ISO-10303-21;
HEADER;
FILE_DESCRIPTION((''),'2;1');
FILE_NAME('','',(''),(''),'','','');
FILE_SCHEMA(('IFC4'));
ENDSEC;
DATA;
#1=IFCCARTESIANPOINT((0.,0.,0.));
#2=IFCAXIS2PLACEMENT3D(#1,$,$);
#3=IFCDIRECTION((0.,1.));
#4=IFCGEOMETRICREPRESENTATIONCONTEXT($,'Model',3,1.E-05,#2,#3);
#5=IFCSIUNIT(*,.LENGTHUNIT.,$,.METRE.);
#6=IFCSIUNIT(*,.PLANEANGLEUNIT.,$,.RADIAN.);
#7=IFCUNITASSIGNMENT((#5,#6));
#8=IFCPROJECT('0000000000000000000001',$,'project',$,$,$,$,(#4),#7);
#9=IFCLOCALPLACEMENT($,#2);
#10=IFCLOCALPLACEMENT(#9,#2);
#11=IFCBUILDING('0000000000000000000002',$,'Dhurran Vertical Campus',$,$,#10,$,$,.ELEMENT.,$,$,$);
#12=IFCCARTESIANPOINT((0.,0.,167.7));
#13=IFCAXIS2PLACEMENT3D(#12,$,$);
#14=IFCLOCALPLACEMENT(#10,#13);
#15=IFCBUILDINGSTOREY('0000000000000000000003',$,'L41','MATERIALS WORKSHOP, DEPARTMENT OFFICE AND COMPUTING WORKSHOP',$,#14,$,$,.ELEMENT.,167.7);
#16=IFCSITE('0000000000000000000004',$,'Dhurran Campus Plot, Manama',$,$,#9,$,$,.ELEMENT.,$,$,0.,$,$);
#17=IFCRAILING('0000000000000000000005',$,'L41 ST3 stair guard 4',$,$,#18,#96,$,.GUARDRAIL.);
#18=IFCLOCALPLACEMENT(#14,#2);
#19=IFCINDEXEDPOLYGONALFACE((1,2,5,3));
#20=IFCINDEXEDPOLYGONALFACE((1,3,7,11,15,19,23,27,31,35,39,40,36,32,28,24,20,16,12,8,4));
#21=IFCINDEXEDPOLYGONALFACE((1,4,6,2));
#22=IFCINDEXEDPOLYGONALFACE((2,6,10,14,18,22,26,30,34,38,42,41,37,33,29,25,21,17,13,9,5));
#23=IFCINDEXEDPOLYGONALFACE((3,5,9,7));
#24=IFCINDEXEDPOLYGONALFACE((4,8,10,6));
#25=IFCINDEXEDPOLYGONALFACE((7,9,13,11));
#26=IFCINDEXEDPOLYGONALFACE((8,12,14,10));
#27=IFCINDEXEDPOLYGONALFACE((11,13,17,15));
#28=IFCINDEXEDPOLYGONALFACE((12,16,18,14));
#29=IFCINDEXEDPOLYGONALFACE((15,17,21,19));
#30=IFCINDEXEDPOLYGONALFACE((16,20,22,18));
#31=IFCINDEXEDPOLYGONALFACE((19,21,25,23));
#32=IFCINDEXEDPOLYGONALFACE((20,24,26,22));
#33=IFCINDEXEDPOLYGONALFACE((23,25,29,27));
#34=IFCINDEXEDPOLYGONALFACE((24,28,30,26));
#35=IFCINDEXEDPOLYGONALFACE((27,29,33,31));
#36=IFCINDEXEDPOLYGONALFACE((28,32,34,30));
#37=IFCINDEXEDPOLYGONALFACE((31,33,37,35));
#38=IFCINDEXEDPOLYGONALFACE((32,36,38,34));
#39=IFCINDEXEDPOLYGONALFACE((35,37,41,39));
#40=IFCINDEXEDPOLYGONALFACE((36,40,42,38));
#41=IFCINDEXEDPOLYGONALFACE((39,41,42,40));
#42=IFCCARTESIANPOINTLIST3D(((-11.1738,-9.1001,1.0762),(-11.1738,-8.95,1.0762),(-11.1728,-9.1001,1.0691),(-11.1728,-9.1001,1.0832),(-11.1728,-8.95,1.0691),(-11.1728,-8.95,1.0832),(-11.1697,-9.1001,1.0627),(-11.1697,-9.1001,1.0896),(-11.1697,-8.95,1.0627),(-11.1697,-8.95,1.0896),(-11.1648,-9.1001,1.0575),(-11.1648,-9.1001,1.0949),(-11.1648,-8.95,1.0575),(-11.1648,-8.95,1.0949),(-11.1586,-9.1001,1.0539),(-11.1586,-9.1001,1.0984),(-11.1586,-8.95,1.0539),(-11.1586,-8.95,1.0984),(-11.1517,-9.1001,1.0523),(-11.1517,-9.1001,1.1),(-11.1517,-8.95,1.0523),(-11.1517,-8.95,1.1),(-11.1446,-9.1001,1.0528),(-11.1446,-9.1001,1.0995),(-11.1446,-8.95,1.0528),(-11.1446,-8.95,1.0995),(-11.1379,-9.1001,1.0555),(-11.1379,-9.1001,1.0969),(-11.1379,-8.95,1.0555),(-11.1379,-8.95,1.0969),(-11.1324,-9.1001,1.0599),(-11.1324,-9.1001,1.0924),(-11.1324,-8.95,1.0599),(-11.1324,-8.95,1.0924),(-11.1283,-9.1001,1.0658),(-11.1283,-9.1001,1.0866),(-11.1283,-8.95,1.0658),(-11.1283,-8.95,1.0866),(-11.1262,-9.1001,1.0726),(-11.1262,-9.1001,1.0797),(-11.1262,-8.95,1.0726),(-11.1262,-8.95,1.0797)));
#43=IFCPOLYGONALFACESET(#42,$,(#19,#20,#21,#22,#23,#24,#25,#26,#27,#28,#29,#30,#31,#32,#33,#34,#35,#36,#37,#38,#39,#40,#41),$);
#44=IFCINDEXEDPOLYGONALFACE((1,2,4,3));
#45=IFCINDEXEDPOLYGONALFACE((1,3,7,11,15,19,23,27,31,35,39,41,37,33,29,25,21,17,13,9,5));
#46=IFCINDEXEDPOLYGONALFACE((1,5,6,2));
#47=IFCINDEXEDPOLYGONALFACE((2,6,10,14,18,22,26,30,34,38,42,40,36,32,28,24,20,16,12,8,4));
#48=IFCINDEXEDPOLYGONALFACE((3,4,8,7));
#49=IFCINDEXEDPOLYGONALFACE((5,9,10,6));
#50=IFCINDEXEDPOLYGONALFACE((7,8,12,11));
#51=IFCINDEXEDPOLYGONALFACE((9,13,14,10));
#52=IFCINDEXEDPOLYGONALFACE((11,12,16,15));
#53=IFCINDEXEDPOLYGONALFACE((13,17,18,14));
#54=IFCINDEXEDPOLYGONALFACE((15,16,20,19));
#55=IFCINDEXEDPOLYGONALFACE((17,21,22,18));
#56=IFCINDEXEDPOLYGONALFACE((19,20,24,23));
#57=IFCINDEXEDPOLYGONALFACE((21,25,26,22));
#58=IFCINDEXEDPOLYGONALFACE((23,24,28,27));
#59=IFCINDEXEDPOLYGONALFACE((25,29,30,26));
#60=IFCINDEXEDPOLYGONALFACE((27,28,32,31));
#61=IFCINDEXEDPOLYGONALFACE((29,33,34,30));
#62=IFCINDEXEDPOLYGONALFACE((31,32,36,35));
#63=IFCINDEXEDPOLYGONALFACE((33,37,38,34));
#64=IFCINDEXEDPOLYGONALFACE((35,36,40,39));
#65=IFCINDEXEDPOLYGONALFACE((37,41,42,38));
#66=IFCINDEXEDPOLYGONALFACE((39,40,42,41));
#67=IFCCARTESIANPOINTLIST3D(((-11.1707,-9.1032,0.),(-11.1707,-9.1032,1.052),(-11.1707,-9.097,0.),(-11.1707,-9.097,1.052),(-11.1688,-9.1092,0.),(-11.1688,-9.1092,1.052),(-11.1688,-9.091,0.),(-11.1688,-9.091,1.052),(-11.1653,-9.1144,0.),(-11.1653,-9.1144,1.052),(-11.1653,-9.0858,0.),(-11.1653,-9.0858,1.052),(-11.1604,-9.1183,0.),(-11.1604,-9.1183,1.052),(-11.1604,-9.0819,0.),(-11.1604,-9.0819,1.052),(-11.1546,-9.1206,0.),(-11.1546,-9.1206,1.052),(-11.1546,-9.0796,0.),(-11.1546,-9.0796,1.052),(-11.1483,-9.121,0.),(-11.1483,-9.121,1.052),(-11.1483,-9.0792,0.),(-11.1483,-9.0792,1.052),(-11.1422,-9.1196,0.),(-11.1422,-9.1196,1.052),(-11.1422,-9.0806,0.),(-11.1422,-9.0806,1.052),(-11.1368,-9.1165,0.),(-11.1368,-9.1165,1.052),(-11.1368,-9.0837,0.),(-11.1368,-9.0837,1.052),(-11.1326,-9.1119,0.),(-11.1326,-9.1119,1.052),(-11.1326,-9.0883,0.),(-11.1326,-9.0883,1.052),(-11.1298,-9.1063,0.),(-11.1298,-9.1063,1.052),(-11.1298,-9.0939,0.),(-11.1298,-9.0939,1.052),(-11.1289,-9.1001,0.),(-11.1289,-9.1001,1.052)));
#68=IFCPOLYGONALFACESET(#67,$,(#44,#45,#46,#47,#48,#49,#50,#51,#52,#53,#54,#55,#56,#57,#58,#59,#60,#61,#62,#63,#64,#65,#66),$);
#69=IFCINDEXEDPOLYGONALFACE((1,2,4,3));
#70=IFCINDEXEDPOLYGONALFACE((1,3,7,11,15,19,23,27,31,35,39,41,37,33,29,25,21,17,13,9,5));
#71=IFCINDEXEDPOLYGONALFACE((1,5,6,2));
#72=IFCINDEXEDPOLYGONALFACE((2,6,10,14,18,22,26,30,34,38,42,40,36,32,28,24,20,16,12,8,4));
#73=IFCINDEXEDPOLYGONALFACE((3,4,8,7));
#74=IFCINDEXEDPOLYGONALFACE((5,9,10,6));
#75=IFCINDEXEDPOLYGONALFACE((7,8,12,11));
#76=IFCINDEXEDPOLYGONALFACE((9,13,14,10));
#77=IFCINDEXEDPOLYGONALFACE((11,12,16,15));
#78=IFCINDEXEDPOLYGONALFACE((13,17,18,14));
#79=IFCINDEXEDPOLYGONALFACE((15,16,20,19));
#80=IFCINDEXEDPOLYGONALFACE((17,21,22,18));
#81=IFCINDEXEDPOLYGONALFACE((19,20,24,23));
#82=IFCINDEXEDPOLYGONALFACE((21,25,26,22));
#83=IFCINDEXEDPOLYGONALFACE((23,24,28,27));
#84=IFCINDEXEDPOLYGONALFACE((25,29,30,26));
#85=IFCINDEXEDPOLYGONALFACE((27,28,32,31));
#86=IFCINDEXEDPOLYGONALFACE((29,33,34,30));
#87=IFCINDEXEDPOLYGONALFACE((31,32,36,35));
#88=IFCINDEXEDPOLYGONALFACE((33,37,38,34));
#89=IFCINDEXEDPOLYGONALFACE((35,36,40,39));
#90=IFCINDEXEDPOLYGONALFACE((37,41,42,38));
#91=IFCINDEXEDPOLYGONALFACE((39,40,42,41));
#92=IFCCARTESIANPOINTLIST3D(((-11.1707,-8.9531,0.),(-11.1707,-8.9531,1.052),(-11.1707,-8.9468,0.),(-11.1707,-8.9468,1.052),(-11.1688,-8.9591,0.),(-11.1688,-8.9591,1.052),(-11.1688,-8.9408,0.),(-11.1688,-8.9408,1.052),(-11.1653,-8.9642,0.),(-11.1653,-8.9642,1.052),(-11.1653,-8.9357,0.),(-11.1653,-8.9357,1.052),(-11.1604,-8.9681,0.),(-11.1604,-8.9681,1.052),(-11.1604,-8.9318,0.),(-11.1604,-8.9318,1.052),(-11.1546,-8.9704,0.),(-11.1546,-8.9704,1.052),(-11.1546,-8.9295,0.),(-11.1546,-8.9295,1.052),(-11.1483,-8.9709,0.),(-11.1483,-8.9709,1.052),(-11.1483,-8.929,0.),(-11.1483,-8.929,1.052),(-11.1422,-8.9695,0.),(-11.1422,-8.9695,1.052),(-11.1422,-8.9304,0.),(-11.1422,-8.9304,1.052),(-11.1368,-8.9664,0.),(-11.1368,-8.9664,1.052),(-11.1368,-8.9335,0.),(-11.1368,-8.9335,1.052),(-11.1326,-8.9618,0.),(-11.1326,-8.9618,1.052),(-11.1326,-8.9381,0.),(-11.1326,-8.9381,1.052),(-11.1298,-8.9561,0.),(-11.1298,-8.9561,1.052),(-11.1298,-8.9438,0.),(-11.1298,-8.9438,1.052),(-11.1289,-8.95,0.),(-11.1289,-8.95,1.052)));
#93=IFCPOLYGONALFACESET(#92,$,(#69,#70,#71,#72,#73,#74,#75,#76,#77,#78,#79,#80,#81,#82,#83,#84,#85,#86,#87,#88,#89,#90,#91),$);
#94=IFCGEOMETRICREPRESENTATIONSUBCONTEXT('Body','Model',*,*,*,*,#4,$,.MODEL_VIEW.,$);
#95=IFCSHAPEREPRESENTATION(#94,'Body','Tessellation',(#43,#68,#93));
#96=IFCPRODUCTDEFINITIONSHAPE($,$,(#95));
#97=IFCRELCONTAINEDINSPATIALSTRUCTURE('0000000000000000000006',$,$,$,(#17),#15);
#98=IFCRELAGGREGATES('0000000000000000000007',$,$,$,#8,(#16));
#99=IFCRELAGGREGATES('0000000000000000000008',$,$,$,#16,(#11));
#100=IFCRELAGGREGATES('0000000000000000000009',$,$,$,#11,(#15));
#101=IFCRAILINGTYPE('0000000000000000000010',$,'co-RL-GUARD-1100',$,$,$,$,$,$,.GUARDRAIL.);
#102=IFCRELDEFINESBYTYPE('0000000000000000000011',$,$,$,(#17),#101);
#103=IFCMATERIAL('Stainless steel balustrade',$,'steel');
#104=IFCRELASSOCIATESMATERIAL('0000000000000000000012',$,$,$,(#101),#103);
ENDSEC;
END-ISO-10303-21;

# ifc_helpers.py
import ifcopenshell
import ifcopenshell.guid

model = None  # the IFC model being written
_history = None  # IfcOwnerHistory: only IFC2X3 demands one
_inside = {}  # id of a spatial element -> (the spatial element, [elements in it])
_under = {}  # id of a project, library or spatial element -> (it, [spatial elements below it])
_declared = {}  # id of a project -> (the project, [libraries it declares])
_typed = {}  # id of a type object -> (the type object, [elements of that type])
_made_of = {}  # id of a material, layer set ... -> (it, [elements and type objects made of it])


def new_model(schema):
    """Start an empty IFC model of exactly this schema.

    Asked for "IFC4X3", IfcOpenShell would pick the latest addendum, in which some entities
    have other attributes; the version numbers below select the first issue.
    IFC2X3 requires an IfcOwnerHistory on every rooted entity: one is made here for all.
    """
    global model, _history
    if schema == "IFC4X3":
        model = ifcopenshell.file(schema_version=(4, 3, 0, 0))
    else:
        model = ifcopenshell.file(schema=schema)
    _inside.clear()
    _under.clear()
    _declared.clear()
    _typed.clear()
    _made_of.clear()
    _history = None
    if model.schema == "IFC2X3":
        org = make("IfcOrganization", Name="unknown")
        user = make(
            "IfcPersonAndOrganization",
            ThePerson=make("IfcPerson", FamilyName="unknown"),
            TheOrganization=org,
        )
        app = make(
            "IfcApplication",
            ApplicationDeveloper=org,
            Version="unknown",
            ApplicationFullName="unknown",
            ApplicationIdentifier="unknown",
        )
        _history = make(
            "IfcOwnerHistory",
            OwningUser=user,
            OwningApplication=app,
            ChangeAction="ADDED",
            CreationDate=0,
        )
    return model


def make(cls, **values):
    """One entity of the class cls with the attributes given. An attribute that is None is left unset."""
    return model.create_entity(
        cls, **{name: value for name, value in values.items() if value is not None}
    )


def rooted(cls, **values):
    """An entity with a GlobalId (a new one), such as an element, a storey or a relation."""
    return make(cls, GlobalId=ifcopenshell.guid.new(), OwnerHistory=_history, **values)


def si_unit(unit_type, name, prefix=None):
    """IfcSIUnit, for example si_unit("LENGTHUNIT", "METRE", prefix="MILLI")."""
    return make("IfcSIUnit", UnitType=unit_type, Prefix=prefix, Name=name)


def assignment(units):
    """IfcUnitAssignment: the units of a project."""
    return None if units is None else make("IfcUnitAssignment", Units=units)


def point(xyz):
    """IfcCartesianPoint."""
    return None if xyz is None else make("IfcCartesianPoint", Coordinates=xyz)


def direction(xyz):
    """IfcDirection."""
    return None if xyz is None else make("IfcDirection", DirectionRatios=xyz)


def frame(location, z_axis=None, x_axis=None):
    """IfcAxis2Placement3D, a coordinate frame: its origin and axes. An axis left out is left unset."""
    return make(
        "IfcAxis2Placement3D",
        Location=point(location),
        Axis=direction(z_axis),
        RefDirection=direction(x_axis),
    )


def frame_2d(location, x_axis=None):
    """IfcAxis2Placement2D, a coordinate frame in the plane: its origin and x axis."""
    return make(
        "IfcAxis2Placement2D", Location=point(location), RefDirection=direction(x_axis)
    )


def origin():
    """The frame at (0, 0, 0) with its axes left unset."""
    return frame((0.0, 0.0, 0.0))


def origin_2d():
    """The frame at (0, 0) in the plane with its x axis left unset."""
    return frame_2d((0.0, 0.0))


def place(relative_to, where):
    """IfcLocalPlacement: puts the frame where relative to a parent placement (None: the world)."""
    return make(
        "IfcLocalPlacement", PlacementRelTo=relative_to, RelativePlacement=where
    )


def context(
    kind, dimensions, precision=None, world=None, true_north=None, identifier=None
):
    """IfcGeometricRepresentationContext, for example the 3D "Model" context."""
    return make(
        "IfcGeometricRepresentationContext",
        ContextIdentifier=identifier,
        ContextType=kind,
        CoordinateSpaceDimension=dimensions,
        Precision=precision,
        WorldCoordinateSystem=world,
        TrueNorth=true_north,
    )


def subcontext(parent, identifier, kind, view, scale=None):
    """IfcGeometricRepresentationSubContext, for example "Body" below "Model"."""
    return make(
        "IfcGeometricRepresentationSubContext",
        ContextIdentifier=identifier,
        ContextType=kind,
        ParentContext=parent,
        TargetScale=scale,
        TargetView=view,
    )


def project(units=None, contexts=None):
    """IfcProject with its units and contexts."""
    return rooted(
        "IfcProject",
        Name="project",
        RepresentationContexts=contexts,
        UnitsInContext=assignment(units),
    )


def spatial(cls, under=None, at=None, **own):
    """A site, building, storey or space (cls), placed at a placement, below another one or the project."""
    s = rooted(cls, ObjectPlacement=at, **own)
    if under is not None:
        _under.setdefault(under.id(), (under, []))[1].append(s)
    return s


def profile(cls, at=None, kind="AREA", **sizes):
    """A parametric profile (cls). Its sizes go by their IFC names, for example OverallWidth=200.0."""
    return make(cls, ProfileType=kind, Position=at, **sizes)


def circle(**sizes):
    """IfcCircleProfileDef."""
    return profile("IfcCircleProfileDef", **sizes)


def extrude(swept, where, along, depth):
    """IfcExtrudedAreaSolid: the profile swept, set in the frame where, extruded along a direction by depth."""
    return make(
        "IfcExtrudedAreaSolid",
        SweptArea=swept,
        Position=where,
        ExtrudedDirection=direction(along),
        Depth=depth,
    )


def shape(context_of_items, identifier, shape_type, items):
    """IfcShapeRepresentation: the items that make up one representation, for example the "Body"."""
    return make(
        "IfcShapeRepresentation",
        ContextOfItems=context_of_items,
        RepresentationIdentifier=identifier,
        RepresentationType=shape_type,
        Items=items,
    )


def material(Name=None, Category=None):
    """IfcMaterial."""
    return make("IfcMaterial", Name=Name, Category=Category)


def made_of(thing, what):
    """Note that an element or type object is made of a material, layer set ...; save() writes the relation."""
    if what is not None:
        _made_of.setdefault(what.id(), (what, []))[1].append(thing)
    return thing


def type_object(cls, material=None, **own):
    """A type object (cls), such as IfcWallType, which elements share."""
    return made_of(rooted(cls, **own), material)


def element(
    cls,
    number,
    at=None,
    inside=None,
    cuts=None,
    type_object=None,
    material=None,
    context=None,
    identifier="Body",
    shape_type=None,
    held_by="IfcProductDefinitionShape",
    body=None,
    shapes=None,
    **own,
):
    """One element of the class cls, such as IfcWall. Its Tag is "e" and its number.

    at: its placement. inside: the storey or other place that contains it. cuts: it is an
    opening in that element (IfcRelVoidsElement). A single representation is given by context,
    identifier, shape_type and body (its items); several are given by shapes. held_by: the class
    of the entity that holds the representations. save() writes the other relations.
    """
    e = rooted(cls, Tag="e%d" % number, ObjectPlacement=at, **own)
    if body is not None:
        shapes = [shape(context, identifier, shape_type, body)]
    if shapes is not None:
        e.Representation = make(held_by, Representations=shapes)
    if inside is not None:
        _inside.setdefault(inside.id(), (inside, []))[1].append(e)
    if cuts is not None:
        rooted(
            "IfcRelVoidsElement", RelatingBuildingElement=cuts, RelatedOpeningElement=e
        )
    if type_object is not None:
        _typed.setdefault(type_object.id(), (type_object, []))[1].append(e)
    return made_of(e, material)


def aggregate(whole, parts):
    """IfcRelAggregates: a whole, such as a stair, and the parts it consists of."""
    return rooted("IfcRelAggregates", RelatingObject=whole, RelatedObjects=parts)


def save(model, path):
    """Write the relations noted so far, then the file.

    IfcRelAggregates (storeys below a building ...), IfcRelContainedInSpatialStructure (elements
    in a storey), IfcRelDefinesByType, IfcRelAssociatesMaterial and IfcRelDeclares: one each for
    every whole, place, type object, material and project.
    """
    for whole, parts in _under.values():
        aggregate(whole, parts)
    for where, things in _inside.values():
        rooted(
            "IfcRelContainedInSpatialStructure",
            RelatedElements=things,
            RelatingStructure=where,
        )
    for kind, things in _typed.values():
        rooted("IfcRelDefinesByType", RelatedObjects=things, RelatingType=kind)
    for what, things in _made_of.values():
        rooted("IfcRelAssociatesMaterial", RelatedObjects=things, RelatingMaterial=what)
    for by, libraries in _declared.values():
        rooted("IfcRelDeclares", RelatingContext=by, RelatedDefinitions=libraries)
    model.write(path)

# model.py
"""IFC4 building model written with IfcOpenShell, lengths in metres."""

from ifc_helpers import new_model, si_unit, direction, frame, origin, origin_2d, place, context, subcontext, project, spatial, circle, extrude, material, type_object, element, save


model = new_model("IFC4")

# Units and contexts
model_context = context("Model", 3, precision=1e-05, world=origin(), true_north=direction((0.0, 1.0)))
body_context = subcontext(model_context, "Body", "Model", "MODEL_VIEW")
ifc_project = project(units=[si_unit("LENGTHUNIT", "METRE"), si_unit("PLANEANGLEUNIT", "RADIAN")], contexts=[model_context])

# Site, building, storey
site_placement = place(None, origin())
site = spatial("IfcSite", under=ifc_project, at=site_placement, Name="Dhurran Campus Plot, Manama", CompositionType="ELEMENT", RefElevation=0.0)
building_placement = place(site_placement, origin())
building = spatial("IfcBuilding", under=site, at=building_placement, Name="Dhurran Vertical Campus", CompositionType="ELEMENT")
storey_placement = place(building_placement, frame((0.0, 0.0, 167.7)))
storey = spatial("IfcBuildingStorey", under=building, at=storey_placement, Name="L41", Description="MATERIALS WORKSHOP, DEPARTMENT OFFICE AND COMPUTING WORKSHOP", CompositionType="ELEMENT", Elevation=167.7)

# Railing
ifc_material_1 = material(Name="Stainless steel balustrade", Category="steel")
railing_type = type_object("IfcRailingType", Name="co-RL-GUARD-1100", PredefinedType="GUARDRAIL", material=ifc_material_1)
railing_placement = place(storey_placement, frame((-11.1499, -9.1001, 0.0)))
element("IfcRailing", 1, at=railing_placement, inside=storey, type_object=railing_type, Name="L41 ST3 stair guard 4", PredefinedType="GUARDRAIL", context=body_context, shape_type="SweptSolid", body=[
    extrude(circle(Radius=0.0239, at=origin_2d()), frame((0.0, 0.0, 1.0762), z_axis=(0.0, 1.0, 0.0), x_axis=(-1.0, 0.0, 0.0)), (0.0, 0.0, 1.0), 0.1501),
    extrude(circle(Radius=0.021, at=origin_2d()), origin(), (0.0, 0.0, 1.0), 1.052),
    extrude(circle(Radius=0.021, at=origin_2d()), frame((0.0, 0.1501, 0.0)), (0.0, 0.0, 1.0), 1.052),
])

save(model, "model.ifc")
